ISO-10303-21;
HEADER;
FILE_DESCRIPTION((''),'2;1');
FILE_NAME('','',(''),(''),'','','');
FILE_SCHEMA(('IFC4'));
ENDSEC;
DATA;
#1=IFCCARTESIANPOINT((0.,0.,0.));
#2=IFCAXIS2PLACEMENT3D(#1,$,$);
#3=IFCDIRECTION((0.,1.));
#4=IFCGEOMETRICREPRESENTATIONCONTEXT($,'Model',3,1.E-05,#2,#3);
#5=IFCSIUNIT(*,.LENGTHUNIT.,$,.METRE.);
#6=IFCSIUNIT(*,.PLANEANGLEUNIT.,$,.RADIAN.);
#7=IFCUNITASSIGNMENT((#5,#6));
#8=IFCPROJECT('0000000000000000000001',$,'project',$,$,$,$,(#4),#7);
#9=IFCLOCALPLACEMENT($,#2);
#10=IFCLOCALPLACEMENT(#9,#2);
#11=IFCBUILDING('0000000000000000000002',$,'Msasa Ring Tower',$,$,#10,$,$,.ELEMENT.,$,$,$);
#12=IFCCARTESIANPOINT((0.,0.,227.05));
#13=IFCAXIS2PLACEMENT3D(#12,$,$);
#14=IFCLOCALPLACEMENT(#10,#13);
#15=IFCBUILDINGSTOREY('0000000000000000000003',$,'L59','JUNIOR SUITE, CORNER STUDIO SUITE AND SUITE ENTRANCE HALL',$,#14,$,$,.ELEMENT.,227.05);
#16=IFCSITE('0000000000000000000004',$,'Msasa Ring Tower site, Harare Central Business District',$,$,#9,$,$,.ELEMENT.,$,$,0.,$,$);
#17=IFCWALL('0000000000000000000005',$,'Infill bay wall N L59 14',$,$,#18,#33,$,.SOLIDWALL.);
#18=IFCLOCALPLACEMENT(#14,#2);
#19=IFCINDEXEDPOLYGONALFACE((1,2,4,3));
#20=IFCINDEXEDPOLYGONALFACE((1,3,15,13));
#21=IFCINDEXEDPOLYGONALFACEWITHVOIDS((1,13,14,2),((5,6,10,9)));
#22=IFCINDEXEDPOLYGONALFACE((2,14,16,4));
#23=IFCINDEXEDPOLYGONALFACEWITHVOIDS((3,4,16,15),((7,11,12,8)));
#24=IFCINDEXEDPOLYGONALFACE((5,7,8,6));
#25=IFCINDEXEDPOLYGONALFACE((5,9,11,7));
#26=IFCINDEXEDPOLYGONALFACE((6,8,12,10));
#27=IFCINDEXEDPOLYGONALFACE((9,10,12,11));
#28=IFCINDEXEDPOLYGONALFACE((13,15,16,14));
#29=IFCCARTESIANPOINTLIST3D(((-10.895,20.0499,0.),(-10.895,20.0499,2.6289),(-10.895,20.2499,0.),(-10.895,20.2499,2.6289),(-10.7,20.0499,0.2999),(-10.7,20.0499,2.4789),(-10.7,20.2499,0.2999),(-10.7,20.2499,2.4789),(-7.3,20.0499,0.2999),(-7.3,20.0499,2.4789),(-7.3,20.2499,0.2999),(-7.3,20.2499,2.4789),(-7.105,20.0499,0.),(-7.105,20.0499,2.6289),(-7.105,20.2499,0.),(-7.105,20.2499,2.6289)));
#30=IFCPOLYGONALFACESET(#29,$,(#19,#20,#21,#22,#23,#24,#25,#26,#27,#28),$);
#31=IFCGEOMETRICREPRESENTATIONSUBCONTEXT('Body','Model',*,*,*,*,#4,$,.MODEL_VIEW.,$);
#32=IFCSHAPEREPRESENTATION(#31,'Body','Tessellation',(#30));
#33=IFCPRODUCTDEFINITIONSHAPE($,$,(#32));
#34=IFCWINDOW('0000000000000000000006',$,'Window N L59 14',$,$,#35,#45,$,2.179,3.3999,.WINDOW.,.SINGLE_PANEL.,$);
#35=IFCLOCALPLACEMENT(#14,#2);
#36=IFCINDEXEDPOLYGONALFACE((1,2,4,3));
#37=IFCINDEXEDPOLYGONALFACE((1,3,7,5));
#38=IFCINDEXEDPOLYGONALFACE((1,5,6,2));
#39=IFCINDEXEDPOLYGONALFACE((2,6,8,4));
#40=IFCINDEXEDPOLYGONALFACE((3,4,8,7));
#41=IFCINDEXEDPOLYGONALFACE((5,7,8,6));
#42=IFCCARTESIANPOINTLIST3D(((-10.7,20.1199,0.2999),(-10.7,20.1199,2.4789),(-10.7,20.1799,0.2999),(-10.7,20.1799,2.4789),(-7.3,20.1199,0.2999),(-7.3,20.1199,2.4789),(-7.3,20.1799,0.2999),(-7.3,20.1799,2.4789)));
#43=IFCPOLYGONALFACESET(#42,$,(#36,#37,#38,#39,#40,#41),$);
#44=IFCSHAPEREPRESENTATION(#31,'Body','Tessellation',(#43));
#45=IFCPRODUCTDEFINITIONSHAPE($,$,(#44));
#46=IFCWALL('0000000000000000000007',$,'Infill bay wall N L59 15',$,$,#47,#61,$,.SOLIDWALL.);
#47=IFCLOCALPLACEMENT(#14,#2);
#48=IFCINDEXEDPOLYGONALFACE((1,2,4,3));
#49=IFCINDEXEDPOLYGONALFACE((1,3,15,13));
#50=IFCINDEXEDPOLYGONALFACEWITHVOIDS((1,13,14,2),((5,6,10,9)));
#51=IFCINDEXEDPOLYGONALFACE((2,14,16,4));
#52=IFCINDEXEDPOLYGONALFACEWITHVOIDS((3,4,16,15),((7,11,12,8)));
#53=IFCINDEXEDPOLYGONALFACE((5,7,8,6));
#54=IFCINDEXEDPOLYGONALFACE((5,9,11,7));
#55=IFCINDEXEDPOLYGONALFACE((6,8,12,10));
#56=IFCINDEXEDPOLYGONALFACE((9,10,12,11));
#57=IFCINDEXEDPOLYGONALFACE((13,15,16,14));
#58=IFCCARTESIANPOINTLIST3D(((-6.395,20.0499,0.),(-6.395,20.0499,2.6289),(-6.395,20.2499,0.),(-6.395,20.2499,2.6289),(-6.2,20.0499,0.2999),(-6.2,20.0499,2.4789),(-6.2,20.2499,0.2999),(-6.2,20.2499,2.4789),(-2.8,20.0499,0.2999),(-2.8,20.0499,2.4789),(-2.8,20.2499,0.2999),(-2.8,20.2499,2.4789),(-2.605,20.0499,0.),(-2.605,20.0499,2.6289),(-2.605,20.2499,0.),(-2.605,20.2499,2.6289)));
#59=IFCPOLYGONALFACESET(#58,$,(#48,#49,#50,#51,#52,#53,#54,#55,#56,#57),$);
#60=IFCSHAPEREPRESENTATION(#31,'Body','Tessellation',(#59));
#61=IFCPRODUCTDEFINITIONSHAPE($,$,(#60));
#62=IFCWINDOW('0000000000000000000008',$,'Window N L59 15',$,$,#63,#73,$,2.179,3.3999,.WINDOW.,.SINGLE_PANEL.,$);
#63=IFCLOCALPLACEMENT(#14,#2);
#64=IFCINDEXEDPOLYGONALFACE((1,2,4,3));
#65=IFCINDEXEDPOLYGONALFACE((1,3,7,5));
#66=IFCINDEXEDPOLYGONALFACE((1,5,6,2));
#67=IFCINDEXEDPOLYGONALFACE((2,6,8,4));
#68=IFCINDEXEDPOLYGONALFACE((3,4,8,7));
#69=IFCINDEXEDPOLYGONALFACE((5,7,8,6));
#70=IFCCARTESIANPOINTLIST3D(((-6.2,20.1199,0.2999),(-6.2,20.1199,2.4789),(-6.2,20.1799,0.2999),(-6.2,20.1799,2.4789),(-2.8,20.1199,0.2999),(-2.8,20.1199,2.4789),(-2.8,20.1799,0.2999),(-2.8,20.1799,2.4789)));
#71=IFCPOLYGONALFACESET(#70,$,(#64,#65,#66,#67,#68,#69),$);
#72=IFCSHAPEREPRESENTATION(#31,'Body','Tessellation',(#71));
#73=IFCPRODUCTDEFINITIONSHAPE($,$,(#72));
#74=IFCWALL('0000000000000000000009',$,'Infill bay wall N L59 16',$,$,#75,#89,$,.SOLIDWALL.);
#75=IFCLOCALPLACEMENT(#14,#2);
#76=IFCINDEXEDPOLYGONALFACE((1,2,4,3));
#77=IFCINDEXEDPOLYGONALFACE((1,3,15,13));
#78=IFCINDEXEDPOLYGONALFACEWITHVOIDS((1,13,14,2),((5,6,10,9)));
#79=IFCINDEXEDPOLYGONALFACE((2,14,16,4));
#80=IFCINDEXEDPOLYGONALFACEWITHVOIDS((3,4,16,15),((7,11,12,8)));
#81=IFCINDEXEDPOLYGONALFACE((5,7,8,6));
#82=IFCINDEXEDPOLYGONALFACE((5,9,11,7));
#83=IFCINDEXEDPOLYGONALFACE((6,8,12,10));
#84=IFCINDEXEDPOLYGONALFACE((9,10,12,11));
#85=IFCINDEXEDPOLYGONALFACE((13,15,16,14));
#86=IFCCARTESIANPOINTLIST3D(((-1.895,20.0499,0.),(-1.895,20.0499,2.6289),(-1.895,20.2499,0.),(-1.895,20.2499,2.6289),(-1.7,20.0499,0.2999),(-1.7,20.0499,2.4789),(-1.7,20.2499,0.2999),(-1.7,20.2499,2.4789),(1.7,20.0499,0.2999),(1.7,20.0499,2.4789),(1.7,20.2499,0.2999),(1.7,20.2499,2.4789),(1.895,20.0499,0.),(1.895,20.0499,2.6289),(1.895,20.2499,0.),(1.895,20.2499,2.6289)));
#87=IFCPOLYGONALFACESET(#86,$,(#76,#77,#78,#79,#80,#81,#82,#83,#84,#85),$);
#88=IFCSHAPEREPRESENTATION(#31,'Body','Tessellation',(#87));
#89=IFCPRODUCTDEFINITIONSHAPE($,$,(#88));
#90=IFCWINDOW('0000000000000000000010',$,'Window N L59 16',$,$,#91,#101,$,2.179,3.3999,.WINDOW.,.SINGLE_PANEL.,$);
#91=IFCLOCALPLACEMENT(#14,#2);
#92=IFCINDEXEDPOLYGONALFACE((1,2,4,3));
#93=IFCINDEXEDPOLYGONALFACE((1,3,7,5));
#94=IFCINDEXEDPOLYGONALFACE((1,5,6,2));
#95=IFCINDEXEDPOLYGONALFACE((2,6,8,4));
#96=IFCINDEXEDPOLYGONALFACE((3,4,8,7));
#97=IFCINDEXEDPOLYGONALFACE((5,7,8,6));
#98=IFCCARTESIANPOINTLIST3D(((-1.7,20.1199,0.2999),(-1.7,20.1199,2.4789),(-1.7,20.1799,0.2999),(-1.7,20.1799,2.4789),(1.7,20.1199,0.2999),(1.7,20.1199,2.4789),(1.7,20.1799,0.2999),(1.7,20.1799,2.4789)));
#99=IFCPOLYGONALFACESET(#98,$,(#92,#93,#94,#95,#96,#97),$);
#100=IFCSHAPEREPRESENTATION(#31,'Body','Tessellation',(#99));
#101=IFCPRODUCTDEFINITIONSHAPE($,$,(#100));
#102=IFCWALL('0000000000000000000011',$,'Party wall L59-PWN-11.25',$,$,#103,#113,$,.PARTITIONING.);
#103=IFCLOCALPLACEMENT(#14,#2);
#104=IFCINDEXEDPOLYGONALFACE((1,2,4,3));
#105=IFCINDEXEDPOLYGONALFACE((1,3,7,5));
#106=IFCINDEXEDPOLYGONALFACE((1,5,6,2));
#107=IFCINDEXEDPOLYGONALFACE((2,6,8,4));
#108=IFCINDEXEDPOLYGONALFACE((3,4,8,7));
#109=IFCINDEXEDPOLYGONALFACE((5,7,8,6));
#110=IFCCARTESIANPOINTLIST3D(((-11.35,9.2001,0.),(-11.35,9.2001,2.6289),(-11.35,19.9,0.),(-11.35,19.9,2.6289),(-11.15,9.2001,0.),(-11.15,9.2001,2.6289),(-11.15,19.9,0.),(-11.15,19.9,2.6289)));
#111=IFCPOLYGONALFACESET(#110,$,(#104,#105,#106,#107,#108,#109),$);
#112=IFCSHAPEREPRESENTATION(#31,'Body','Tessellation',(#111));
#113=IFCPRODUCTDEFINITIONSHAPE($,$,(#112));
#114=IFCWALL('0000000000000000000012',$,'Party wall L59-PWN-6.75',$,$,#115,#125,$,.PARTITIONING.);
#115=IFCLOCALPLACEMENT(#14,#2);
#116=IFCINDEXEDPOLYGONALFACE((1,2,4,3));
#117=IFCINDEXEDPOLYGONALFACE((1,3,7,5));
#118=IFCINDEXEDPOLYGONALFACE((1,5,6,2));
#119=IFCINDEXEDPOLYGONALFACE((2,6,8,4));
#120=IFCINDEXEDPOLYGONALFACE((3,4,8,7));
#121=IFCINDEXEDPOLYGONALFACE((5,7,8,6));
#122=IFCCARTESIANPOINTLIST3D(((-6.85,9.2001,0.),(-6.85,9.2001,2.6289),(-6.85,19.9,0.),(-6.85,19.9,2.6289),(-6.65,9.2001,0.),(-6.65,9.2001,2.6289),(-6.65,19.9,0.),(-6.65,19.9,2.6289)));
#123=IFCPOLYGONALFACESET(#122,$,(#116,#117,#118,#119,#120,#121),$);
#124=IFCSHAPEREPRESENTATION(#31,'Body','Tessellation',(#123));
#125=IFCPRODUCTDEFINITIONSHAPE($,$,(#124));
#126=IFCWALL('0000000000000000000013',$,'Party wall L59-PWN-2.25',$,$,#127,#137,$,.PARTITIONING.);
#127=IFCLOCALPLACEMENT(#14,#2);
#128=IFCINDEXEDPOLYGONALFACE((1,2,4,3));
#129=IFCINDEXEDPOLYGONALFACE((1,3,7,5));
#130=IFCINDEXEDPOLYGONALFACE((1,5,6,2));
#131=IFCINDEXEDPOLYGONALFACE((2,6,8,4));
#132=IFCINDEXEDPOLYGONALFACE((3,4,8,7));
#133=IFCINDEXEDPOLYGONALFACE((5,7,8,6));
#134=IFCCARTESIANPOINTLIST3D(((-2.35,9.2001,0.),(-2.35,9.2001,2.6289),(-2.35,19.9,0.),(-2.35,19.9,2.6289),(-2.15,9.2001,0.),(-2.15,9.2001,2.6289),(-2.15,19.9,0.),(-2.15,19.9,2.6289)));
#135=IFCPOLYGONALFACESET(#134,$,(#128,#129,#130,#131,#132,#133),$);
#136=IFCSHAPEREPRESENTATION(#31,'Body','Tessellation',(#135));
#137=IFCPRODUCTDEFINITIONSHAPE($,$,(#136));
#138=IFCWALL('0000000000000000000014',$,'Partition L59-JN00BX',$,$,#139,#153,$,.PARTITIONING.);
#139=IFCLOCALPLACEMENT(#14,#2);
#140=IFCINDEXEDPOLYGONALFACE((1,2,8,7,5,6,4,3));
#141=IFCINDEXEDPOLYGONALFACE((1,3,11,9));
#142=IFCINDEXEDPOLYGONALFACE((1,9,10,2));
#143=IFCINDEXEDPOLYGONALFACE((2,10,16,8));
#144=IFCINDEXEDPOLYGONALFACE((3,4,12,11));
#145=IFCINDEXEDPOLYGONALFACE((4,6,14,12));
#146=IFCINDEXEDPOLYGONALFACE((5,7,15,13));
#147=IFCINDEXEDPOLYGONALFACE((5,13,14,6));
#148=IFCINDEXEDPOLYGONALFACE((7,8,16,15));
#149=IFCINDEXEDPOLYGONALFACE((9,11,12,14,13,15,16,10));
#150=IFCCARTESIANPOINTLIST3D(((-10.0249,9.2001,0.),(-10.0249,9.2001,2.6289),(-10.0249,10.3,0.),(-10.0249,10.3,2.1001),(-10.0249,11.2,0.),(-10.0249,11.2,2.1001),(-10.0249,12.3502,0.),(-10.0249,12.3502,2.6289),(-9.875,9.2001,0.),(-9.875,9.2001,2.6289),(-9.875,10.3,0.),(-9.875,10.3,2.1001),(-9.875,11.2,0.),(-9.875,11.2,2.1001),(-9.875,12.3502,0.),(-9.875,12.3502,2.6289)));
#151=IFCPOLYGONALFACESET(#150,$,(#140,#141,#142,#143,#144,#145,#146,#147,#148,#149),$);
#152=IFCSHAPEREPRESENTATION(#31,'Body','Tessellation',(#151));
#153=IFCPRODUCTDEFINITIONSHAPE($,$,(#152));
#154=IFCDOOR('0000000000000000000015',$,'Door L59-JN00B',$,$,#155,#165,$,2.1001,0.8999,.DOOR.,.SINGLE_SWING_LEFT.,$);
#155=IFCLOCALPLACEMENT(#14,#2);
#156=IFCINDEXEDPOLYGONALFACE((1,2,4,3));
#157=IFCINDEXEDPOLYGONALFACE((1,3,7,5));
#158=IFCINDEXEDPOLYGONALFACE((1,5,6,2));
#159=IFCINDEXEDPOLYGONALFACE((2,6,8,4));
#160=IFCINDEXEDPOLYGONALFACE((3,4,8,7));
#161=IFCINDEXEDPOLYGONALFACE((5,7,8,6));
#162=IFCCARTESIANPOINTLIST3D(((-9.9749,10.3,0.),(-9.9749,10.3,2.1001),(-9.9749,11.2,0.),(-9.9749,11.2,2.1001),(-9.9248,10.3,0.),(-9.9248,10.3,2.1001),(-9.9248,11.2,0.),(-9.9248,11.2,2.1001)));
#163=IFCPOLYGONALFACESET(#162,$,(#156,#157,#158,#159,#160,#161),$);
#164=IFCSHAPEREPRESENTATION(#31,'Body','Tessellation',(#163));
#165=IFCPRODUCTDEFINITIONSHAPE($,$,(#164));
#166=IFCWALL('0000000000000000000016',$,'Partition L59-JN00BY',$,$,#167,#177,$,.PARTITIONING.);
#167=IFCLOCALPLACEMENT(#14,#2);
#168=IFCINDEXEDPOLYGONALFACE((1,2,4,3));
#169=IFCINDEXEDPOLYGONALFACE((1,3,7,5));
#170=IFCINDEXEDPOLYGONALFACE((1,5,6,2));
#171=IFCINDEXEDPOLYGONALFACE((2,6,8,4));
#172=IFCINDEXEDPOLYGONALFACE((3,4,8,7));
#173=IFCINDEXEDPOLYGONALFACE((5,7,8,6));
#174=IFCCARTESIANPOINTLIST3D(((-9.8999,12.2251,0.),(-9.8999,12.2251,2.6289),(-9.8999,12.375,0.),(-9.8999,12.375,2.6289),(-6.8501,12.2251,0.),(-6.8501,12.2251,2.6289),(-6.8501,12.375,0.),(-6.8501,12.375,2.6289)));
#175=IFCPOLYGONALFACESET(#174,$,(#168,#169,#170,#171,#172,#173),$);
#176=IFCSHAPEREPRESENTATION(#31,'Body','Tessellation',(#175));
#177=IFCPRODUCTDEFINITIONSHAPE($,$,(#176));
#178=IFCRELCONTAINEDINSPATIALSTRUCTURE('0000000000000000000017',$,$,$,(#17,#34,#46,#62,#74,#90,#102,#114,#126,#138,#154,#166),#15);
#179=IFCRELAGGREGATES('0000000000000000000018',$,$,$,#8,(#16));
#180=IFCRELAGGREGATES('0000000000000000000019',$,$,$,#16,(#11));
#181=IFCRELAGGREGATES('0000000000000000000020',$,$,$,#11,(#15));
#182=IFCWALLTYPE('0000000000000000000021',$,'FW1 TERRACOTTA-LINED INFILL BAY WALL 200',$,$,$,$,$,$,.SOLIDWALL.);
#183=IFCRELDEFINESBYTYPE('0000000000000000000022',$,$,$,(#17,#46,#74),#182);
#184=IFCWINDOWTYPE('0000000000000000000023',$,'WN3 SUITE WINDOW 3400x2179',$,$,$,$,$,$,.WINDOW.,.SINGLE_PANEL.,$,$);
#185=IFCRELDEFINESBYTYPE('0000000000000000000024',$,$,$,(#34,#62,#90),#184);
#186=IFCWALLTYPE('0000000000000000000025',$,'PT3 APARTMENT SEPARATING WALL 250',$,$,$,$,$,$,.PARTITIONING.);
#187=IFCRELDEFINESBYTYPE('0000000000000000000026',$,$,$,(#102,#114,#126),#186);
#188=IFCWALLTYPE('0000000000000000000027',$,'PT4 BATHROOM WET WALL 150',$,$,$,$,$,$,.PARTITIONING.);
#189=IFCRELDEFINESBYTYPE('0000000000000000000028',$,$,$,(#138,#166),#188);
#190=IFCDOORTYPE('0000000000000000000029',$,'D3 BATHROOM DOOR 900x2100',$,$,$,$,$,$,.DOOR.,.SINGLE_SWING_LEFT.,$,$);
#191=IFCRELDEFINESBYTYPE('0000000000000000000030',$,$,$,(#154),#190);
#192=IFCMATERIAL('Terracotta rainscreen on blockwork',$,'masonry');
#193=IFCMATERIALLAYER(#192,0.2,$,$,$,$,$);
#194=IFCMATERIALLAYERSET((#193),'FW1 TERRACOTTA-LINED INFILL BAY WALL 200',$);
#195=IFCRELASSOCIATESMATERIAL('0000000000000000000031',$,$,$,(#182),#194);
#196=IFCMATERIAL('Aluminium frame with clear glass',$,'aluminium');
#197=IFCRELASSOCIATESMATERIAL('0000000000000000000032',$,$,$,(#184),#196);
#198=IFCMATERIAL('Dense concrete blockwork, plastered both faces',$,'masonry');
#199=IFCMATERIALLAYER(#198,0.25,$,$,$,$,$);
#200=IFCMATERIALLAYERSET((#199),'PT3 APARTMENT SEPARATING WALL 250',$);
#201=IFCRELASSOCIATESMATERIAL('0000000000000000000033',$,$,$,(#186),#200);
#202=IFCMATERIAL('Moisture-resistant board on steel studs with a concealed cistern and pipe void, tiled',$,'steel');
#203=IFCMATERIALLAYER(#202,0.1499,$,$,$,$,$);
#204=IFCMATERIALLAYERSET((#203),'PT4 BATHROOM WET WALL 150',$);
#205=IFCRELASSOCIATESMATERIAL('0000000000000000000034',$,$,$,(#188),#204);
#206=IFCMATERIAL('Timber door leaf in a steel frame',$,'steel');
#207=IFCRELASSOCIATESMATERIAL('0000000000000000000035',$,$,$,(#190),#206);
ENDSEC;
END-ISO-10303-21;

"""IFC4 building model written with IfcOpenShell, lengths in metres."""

from ifc_helpers import new_model, si_unit, direction, frame, frame_2d, origin, place, context, subcontext, project, spatial, rectangle, extrude, material, layer, layer_set, type_object, element, fill, save


model = new_model("IFC4")

# Units and contexts
model_context = context("Model", 3, precision=1e-05, world=origin(), true_north=direction((0.0, 1.0)))
body_context = subcontext(model_context, "Body", "Model", "MODEL_VIEW")
ifc_project = project(units=[si_unit("LENGTHUNIT", "METRE"), si_unit("PLANEANGLEUNIT", "RADIAN")], contexts=[model_context])

# Site, building, storey
site_placement = place(None, origin())
site = spatial("IfcSite", under=ifc_project, at=site_placement, Name="Msasa Ring Tower site, Harare Central Business District", CompositionType="ELEMENT", RefElevation=0.0)
building_placement = place(site_placement, origin())
building = spatial("IfcBuilding", under=site, at=building_placement, Name="Msasa Ring Tower", CompositionType="ELEMENT")
storey_placement = place(building_placement, frame((0.0, 0.0, 227.05)))
storey = spatial("IfcBuildingStorey", under=building, at=storey_placement, Name="L59", Description="JUNIOR SUITE, CORNER STUDIO SUITE AND SUITE ENTRANCE HALL", CompositionType="ELEMENT", Elevation=227.05)

# Walls, openings, windows
ifc_material_1 = material(Name="Terracotta rainscreen on blockwork", Category="masonry")
ifc_layer_1 = layer(ifc_material_1, 0.2)
ifc_layer_set_1 = layer_set([ifc_layer_1], Name="FW1 TERRACOTTA-LINED INFILL BAY WALL 200")
wall_type_1 = type_object("IfcWallType", Name="FW1 TERRACOTTA-LINED INFILL BAY WALL 200", PredefinedType="SOLIDWALL", material=ifc_layer_set_1)
wall_1_placement = place(storey_placement, frame((-10.895, 20.1499, 0.0), z_axis=(0.0, 0.0, 1.0), x_axis=(1.0, 0.0, 0.0)))
wall_1 = element("IfcWall", 1, at=wall_1_placement, inside=storey, type_object=wall_type_1, Name="Infill bay wall N L59 14", PredefinedType="SOLIDWALL", context=body_context, shape_type="SweptSolid", body=[
    extrude(rectangle(XDim=3.79, YDim=0.2, at=frame_2d((1.895, 0.0))), origin(), (0.0, 0.0, 1.0), 2.6289),
])
opening_1_placement = place(wall_1_placement, frame((0.1951, 0.0, 0.3)))
opening_1 = element("IfcOpeningElement", 2, at=opening_1_placement, cuts=wall_1, PredefinedType="OPENING", context=body_context, shape_type="SweptSolid", body=[
    extrude(rectangle(XDim=3.3999, YDim=2.179, at=frame_2d((1.7, 1.0894))), frame((0.0, 0.1099, 0.0), z_axis=(0.0, -1.0, 0.0), x_axis=(1.0, 0.0, 0.0)), (0.0, 0.0, 1.0), 0.22),
])
ifc_material_2 = material(Name="Aluminium frame with clear glass", Category="aluminium")
window_type = type_object("IfcWindowType", Name="WN3 SUITE WINDOW 3400x2179", PartitioningType="SINGLE_PANEL", PredefinedType="WINDOW", material=ifc_material_2)
window_1_placement = place(opening_1_placement, origin())
window_1 = element("IfcWindow", 3, at=window_1_placement, inside=storey, type_object=window_type, Name="Window N L59 14", OverallHeight=2.179, OverallWidth=3.3999, PartitioningType="SINGLE_PANEL", PredefinedType="WINDOW", context=body_context, shape_type="SweptSolid", body=[
    extrude(rectangle(XDim=3.3999, YDim=2.179, at=frame_2d((1.7, 1.0894))), frame((0.0, 0.03, 0.0), z_axis=(0.0, -1.0, 0.0), x_axis=(1.0, 0.0, 0.0)), (0.0, 0.0, 1.0), 0.0601),
])
fill(opening_1, window_1)
wall_2_placement = place(storey_placement, frame((-6.395, 20.1499, 0.0), z_axis=(0.0, 0.0, 1.0), x_axis=(1.0, 0.0, 0.0)))
wall_2 = element("IfcWall", 4, at=wall_2_placement, inside=storey, type_object=wall_type_1, Name="Infill bay wall N L59 15", PredefinedType="SOLIDWALL", context=body_context, shape_type="SweptSolid", body=[
    extrude(rectangle(XDim=3.79, YDim=0.2, at=frame_2d((1.895, 0.0))), origin(), (0.0, 0.0, 1.0), 2.6289),
])
opening_2_placement = place(wall_2_placement, frame((0.1951, 0.0, 0.3)))
opening_2 = element("IfcOpeningElement", 5, at=opening_2_placement, cuts=wall_2, PredefinedType="OPENING", context=body_context, shape_type="SweptSolid", body=[
    extrude(rectangle(XDim=3.3999, YDim=2.179, at=frame_2d((1.7, 1.0894))), frame((0.0, 0.1099, 0.0), z_axis=(0.0, -1.0, 0.0), x_axis=(1.0, 0.0, 0.0)), (0.0, 0.0, 1.0), 0.22),
])
window_2_placement = place(opening_2_placement, origin())
window_2 = element("IfcWindow", 6, at=window_2_placement, inside=storey, type_object=window_type, Name="Window N L59 15", OverallHeight=2.179, OverallWidth=3.3999, PartitioningType="SINGLE_PANEL", PredefinedType="WINDOW", context=body_context, shape_type="SweptSolid", body=[
    extrude(rectangle(XDim=3.3999, YDim=2.179, at=frame_2d((1.7, 1.0894))), frame((0.0, 0.03, 0.0), z_axis=(0.0, -1.0, 0.0), x_axis=(1.0, 0.0, 0.0)), (0.0, 0.0, 1.0), 0.0601),
])
fill(opening_2, window_2)
wall_3_placement = place(storey_placement, frame((-1.895, 20.1499, 0.0), z_axis=(0.0, 0.0, 1.0), x_axis=(1.0, 0.0, 0.0)))
wall_3 = element("IfcWall", 7, at=wall_3_placement, inside=storey, type_object=wall_type_1, Name="Infill bay wall N L59 16", PredefinedType="SOLIDWALL", context=body_context, shape_type="SweptSolid", body=[
    extrude(rectangle(XDim=3.79, YDim=0.2, at=frame_2d((1.895, 0.0))), origin(), (0.0, 0.0, 1.0), 2.6289),
])
opening_3_placement = place(wall_3_placement, frame((0.1951, 0.0, 0.3)))
opening_3 = element("IfcOpeningElement", 8, at=opening_3_placement, cuts=wall_3, PredefinedType="OPENING", context=body_context, shape_type="SweptSolid", body=[
    extrude(rectangle(XDim=3.3999, YDim=2.179, at=frame_2d((1.7, 1.0894))), frame((0.0, 0.1099, 0.0), z_axis=(0.0, -1.0, 0.0), x_axis=(1.0, 0.0, 0.0)), (0.0, 0.0, 1.0), 0.22),
])
window_3_placement = place(opening_3_placement, origin())
window_3 = element("IfcWindow", 9, at=window_3_placement, inside=storey, type_object=window_type, Name="Window N L59 16", OverallHeight=2.179, OverallWidth=3.3999, PartitioningType="SINGLE_PANEL", PredefinedType="WINDOW", context=body_context, shape_type="SweptSolid", body=[
    extrude(rectangle(XDim=3.3999, YDim=2.179, at=frame_2d((1.7, 1.0894))), frame((0.0, 0.03, 0.0), z_axis=(0.0, -1.0, 0.0), x_axis=(1.0, 0.0, 0.0)), (0.0, 0.0, 1.0), 0.0601),
])
fill(opening_3, window_3)

# Walls
ifc_material_3 = material(Name="Dense concrete blockwork, plastered both faces", Category="masonry")
ifc_layer_2 = layer(ifc_material_3, 0.25)
ifc_layer_set_2 = layer_set([ifc_layer_2], Name="PT3 APARTMENT SEPARATING WALL 250")
wall_type_2 = type_object("IfcWallType", Name="PT3 APARTMENT SEPARATING WALL 250", PredefinedType="PARTITIONING", material=ifc_layer_set_2)
for number, where, z_axis, x_axis, name in (
    (10, (-11.25, 9.2, 0.0), (0.0, 0.0, 1.0), (0.0, 1.0, 0.0), "Party wall L59-PWN-11.25"),
    (11, (-6.75, 9.2, 0.0), (0.0, 0.0, 1.0), (0.0, 1.0, 0.0), "Party wall L59-PWN-6.75"),
    (12, (-2.25, 9.2, 0.0), (0.0, 0.0, 1.0), (0.0, 1.0, 0.0), "Party wall L59-PWN-2.25"),
):
    element("IfcWall", number, at=place(storey_placement, frame(where, z_axis=z_axis, x_axis=x_axis)), inside=storey, type_object=wall_type_2, Name=name, PredefinedType="PARTITIONING", context=body_context, shape_type="SweptSolid", body=[
        extrude(rectangle(XDim=10.7, YDim=0.2, at=frame_2d((5.3501, 0.0))), origin(), (0.0, 0.0, 1.0), 2.6289),
    ])

# Wall, opening, door
ifc_material_4 = material(Name="Moisture-resistant board on steel studs with a concealed cistern and pipe void, tiled", Category="steel")
ifc_layer_3 = layer(ifc_material_4, 0.1499)
ifc_layer_set_3 = layer_set([ifc_layer_3], Name="PT4 BATHROOM WET WALL 150")
wall_type_3 = type_object("IfcWallType", Name="PT4 BATHROOM WET WALL 150", PredefinedType="PARTITIONING", material=ifc_layer_set_3)
wall_4_placement = place(storey_placement, frame((-9.95, 9.2, 0.0), z_axis=(0.0, 0.0, 1.0), x_axis=(0.0, 1.0, 0.0)))
wall_4 = element("IfcWall", 13, at=wall_4_placement, inside=storey, type_object=wall_type_3, Name="Partition L59-JN00BX", PredefinedType="PARTITIONING", context=body_context, shape_type="SweptSolid", body=[
    extrude(rectangle(XDim=3.1501, YDim=0.1499, at=frame_2d((1.5752, 0.0))), origin(), (0.0, 0.0, 1.0), 2.6289),
])
opening_4_placement = place(wall_4_placement, frame((1.1001, 0.0, 0.0)))
opening_4 = element("IfcOpeningElement", 14, at=opening_4_placement, cuts=wall_4, PredefinedType="OPENING", context=body_context, shape_type="SweptSolid", body=[
    extrude(rectangle(XDim=0.8999, YDim=2.1001, at=frame_2d((0.45, 1.05))), frame((0.0, 0.085, 0.0), z_axis=(0.0, -1.0, 0.0), x_axis=(1.0, 0.0, 0.0)), (0.0, 0.0, 1.0), 0.1699),
])
ifc_material_5 = material(Name="Timber door leaf in a steel frame", Category="steel")
door_type = type_object("IfcDoorType", Name="D3 BATHROOM DOOR 900x2100", OperationType="SINGLE_SWING_LEFT", PredefinedType="DOOR", material=ifc_material_5)
door_1_placement = place(opening_4_placement, origin())
door_1 = element("IfcDoor", 15, at=door_1_placement, inside=storey, type_object=door_type, Name="Door L59-JN00B", OperationType="SINGLE_SWING_LEFT", OverallHeight=2.1001, OverallWidth=0.8999, PredefinedType="DOOR", context=body_context, shape_type="SweptSolid", body=[
    extrude(rectangle(XDim=0.8999, YDim=2.1001, at=frame_2d((0.45, 1.05))), frame((0.0, 0.0249, 0.0), z_axis=(0.0, -1.0, 0.0), x_axis=(1.0, 0.0, 0.0)), (0.0, 0.0, 1.0), 0.05),
])
fill(opening_4, door_1)

# Wall
wall_5_placement = place(storey_placement, frame((-9.8999, 12.3, 0.0), z_axis=(0.0, 0.0, 1.0), x_axis=(1.0, 0.0, 0.0)))
element("IfcWall", 16, at=wall_5_placement, inside=storey, type_object=wall_type_3, Name="Partition L59-JN00BY", PredefinedType="PARTITIONING", context=body_context, shape_type="SweptSolid", body=[
    extrude(rectangle(XDim=3.0498, YDim=0.1499, at=frame_2d((1.5249, 0.0))), origin(), (0.0, 0.0, 1.0), 2.6289),
])

save(model, "model.ifc")
